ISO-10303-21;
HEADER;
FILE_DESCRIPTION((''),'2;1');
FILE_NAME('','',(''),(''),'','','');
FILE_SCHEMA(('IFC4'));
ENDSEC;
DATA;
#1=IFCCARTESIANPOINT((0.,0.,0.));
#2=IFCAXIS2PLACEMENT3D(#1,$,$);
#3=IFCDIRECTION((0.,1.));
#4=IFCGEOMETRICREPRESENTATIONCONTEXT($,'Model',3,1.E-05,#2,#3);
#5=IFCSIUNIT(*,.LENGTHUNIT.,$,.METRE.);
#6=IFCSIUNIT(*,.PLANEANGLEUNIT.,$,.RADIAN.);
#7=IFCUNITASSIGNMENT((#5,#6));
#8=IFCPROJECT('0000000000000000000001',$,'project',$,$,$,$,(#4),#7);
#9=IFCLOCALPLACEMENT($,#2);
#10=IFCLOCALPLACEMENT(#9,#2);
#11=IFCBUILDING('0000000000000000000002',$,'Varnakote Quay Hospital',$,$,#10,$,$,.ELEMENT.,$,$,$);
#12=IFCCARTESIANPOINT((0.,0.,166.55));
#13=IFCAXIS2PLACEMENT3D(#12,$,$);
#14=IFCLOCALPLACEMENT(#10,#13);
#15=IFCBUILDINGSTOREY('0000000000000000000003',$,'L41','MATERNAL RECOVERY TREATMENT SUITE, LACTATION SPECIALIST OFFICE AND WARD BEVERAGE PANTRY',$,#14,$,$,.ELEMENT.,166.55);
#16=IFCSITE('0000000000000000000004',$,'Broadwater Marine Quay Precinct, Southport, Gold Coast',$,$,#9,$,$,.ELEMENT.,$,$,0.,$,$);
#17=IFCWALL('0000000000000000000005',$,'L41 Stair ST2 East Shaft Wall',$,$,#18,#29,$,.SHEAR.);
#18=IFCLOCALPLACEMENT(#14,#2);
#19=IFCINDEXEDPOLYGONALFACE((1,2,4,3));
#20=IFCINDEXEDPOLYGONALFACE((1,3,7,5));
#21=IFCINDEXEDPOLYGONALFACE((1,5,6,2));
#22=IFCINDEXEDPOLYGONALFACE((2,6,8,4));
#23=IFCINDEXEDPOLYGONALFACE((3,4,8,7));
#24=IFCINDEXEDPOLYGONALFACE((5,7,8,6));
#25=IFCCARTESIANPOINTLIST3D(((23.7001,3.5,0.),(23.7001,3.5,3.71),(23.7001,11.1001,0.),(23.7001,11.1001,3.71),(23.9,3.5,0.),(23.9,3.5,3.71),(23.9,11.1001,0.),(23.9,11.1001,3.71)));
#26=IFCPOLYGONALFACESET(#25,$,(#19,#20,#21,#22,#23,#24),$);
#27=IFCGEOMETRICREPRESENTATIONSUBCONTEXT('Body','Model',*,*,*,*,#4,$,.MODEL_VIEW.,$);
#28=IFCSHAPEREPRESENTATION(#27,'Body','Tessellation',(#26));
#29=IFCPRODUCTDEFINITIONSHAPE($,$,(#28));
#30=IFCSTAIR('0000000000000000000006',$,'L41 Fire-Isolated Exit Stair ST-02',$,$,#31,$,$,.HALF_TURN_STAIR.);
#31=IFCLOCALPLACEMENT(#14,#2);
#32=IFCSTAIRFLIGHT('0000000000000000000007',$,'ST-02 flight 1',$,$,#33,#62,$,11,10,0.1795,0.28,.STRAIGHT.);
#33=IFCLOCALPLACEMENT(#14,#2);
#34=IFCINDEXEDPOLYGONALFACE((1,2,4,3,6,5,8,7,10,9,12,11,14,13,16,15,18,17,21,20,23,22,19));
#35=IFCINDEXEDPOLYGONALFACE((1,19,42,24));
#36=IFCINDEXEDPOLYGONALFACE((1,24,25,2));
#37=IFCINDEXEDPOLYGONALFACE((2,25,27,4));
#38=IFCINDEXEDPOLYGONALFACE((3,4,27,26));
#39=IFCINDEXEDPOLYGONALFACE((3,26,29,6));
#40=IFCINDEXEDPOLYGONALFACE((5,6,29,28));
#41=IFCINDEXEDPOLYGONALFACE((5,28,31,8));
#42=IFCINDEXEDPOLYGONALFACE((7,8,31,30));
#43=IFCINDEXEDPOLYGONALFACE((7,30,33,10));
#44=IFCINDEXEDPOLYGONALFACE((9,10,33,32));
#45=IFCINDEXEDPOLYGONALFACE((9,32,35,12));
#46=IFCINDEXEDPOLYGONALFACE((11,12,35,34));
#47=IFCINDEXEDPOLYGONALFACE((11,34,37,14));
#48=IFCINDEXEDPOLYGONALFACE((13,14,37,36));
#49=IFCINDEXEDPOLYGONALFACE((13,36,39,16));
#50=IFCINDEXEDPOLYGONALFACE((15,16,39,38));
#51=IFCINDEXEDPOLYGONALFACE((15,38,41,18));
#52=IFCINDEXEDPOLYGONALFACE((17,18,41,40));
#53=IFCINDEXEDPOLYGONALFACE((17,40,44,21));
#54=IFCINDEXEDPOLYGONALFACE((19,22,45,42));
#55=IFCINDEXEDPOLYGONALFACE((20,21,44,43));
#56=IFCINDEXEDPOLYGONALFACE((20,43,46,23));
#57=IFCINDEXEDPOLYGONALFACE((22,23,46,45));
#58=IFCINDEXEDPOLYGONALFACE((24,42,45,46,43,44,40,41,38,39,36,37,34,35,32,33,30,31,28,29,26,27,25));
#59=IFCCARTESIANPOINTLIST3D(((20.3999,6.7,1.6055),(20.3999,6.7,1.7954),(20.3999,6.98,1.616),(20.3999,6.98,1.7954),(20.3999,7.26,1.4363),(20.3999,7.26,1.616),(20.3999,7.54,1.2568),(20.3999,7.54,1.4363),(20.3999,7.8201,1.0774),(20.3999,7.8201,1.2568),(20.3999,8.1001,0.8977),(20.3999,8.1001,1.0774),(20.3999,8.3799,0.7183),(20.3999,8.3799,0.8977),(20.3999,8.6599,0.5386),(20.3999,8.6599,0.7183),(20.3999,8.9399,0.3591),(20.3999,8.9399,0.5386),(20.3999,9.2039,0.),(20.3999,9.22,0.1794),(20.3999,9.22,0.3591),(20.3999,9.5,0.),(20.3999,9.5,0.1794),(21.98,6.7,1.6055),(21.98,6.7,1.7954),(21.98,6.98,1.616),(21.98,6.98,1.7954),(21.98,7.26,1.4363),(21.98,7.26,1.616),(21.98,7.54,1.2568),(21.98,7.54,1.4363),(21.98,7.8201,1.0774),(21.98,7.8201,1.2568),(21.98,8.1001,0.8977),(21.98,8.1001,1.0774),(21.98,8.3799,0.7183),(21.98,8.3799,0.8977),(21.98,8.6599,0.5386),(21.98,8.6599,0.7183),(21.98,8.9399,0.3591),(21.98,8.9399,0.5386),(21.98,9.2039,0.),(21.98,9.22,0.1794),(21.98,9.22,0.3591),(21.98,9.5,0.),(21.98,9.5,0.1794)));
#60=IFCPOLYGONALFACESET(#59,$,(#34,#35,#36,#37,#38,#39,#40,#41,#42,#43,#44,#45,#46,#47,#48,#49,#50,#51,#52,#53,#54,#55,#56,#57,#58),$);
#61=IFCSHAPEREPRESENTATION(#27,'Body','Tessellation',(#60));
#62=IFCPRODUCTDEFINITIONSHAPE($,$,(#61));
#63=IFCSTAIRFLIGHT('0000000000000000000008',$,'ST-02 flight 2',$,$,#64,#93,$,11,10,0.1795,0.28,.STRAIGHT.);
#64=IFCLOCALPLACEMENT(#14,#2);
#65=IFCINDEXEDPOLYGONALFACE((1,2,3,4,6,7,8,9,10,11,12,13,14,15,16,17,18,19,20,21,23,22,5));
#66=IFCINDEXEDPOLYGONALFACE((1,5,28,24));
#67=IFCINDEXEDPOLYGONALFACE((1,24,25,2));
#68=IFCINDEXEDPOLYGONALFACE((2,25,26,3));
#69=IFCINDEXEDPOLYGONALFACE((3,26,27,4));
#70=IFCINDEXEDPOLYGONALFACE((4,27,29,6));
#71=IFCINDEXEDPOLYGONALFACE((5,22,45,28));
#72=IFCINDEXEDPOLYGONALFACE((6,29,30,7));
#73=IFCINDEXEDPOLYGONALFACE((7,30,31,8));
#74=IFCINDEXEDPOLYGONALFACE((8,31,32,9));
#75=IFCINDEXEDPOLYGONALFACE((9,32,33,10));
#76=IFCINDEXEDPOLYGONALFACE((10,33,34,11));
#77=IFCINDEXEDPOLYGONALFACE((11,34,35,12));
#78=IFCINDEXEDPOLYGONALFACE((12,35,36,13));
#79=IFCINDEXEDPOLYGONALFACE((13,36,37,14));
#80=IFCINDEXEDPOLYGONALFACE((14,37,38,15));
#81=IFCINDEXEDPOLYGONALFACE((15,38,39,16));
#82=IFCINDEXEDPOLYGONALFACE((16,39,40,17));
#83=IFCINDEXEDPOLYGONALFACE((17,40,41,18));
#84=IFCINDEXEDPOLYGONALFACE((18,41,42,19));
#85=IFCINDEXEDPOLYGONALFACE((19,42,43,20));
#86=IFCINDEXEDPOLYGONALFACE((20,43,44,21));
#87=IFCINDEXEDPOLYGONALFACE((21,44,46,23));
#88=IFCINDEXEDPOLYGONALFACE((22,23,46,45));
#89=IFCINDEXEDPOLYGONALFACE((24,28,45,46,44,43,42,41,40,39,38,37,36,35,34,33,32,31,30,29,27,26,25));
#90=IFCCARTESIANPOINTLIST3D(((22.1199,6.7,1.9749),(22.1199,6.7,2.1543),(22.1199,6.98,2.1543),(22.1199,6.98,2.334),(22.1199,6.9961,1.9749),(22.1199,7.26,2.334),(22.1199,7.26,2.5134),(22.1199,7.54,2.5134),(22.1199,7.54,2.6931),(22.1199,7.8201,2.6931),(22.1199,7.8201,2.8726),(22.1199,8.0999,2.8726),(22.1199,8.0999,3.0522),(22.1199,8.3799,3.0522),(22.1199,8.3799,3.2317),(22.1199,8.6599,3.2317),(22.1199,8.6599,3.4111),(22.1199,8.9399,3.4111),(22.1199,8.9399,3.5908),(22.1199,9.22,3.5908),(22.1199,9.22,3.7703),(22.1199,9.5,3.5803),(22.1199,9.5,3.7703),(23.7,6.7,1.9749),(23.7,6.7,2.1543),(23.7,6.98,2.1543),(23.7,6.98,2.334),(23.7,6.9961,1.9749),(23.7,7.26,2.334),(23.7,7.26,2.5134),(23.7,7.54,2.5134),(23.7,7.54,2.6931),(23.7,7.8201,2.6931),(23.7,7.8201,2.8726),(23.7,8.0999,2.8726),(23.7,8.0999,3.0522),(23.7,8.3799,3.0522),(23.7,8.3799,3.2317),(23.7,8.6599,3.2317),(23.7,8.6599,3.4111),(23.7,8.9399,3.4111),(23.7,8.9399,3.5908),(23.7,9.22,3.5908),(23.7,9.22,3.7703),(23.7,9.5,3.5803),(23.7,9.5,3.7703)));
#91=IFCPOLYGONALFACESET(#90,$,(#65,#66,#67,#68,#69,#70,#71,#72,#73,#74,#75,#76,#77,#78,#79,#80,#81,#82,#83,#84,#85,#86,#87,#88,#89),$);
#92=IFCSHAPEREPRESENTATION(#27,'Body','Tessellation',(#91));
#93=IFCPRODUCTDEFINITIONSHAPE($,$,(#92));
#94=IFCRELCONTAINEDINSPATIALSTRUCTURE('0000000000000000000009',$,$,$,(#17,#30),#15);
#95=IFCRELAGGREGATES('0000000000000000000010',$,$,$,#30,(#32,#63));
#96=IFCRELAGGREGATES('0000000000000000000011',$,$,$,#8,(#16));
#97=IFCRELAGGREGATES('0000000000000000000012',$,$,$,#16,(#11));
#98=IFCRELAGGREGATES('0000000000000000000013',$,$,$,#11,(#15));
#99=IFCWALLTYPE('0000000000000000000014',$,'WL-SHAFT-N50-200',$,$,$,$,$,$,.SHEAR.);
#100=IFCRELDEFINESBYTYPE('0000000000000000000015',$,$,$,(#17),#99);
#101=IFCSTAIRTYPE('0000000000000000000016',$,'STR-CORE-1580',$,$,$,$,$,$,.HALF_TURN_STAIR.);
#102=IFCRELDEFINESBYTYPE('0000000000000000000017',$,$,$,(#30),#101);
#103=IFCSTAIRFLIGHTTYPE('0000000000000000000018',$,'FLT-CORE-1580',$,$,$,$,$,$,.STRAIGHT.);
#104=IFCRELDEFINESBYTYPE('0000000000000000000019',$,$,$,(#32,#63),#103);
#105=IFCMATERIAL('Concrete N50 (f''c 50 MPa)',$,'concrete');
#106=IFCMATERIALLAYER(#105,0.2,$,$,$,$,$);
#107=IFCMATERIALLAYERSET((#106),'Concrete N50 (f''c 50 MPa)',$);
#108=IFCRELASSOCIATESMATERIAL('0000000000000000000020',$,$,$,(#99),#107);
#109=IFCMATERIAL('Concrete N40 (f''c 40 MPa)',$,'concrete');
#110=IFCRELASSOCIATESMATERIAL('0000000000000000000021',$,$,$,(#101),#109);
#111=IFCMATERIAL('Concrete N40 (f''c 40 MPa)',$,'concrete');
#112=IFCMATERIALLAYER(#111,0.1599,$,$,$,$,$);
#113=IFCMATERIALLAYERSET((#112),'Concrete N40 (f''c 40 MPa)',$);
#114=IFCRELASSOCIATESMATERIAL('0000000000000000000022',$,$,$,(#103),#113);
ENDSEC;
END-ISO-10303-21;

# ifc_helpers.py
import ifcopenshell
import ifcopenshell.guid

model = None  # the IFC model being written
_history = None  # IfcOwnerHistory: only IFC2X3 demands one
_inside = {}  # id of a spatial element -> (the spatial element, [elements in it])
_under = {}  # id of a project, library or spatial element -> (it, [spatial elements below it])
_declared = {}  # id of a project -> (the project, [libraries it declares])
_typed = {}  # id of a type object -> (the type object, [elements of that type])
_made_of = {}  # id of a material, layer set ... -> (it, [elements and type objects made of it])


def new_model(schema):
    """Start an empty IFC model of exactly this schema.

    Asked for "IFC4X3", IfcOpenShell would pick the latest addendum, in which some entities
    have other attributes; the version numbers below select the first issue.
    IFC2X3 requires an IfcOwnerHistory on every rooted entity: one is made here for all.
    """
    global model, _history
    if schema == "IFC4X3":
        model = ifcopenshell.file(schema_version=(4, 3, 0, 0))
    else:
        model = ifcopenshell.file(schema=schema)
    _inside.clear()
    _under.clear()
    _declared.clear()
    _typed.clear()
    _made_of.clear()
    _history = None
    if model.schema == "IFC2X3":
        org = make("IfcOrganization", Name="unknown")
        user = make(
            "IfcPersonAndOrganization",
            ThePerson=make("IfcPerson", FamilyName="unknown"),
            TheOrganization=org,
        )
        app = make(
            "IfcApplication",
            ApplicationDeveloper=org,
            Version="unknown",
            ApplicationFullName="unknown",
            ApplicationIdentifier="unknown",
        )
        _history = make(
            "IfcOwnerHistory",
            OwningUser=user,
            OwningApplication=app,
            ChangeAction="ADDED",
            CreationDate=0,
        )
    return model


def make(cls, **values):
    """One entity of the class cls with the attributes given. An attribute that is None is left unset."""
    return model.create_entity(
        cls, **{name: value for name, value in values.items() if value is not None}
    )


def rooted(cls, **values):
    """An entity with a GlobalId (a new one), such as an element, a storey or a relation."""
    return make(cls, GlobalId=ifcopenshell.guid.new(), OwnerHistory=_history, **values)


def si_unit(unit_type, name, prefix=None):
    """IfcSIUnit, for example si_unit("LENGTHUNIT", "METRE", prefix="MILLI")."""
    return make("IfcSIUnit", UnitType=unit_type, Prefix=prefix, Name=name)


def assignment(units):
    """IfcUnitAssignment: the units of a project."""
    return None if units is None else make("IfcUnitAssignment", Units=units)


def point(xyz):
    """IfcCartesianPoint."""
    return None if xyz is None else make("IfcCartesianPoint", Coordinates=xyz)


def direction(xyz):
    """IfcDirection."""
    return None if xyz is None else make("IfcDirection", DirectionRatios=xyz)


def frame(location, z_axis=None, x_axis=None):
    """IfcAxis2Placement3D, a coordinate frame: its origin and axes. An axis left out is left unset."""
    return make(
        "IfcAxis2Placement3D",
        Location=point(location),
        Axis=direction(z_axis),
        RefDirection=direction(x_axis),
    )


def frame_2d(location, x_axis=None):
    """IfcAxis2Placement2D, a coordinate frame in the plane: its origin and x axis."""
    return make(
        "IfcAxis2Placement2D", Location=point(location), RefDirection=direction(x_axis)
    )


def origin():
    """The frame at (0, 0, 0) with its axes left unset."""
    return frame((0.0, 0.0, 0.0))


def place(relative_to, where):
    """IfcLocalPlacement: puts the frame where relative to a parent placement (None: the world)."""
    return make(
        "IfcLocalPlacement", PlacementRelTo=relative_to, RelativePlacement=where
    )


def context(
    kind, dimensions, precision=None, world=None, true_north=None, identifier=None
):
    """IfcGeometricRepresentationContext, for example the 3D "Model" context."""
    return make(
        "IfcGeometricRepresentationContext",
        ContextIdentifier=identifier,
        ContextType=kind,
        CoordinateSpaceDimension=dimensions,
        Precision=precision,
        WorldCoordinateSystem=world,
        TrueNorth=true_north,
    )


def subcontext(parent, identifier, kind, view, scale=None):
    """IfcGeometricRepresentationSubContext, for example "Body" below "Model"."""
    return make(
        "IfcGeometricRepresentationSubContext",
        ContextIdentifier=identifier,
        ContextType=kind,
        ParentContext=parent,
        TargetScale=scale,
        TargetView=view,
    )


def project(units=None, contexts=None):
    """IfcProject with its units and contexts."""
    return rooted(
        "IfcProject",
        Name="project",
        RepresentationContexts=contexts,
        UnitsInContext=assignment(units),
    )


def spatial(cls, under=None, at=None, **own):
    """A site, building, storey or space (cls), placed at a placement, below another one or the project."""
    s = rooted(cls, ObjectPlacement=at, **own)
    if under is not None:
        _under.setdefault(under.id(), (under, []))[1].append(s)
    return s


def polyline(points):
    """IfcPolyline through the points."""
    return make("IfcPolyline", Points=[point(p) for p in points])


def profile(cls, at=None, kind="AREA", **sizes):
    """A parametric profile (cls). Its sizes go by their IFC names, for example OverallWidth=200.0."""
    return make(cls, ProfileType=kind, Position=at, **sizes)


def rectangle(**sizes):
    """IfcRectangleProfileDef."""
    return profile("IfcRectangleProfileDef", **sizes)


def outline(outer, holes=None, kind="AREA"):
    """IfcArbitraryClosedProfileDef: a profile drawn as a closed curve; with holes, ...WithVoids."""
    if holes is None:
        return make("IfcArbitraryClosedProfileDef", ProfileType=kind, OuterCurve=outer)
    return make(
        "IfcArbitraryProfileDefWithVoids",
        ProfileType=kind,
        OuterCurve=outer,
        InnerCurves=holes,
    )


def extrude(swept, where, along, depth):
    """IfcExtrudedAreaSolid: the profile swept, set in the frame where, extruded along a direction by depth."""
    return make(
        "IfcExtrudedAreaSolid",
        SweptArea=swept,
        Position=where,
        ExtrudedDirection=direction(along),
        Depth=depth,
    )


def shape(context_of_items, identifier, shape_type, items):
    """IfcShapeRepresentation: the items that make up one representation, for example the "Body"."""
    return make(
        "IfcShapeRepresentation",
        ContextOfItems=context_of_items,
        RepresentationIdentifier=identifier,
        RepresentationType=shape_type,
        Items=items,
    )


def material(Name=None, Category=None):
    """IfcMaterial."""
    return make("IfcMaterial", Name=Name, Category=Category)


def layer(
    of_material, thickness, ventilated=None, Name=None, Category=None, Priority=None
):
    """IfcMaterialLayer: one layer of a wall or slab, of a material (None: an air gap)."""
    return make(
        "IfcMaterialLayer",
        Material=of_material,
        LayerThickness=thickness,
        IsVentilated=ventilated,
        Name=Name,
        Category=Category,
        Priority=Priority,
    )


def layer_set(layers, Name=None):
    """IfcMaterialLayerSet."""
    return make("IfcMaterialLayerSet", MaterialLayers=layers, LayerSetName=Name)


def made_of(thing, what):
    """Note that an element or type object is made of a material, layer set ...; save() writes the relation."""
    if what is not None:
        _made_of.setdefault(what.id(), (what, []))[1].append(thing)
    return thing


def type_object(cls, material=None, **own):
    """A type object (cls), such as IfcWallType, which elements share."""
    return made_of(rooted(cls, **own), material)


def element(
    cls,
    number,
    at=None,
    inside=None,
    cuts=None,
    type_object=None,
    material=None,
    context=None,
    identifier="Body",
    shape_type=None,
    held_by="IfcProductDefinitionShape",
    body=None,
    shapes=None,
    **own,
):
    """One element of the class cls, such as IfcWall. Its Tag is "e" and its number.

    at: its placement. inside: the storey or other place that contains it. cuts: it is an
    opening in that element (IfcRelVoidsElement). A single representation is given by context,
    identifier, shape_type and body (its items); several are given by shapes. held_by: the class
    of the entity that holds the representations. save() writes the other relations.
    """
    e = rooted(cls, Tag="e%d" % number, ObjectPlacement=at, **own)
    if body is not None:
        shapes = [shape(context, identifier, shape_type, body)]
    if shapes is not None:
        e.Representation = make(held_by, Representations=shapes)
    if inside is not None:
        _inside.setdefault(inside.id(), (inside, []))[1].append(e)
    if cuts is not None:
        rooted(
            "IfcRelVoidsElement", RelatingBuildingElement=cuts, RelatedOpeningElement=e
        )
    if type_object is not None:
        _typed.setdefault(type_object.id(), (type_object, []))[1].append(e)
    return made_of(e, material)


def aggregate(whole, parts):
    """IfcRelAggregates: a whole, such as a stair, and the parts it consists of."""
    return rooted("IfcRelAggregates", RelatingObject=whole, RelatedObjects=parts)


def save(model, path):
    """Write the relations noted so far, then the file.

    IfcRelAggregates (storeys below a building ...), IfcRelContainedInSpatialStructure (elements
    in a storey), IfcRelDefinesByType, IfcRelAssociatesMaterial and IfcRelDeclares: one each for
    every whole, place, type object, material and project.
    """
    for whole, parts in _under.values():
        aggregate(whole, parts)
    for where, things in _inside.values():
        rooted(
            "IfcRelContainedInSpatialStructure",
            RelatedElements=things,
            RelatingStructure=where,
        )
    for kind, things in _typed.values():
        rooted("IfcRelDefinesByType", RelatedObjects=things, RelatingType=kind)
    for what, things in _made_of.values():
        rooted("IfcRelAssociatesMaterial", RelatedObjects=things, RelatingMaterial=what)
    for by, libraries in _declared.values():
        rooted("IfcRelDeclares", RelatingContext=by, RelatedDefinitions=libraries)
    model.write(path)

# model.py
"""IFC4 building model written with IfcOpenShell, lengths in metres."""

from ifc_helpers import new_model, si_unit, direction, frame, frame_2d, origin, place, context, subcontext, project, spatial, polyline, rectangle, outline, extrude, material, layer, layer_set, type_object, element, aggregate, save


model = new_model("IFC4")

# Units and contexts
model_context = context("Model", 3, precision=1e-05, world=origin(), true_north=direction((0.0, 1.0)))
body_context = subcontext(model_context, "Body", "Model", "MODEL_VIEW")
ifc_project = project(units=[si_unit("LENGTHUNIT", "METRE"), si_unit("PLANEANGLEUNIT", "RADIAN")], contexts=[model_context])

# Site, building, storey
site_placement = place(None, origin())
site = spatial("IfcSite", under=ifc_project, at=site_placement, Name="Broadwater Marine Quay Precinct, Southport, Gold Coast", CompositionType="ELEMENT", RefElevation=0.0)
building_placement = place(site_placement, origin())
building = spatial("IfcBuilding", under=site, at=building_placement, Name="Varnakote Quay Hospital", CompositionType="ELEMENT")
storey_placement = place(building_placement, frame((0.0, 0.0, 166.55)))
storey = spatial("IfcBuildingStorey", under=building, at=storey_placement, Name="L41", Description="MATERNAL RECOVERY TREATMENT SUITE, LACTATION SPECIALIST OFFICE AND WARD BEVERAGE PANTRY", CompositionType="ELEMENT", Elevation=166.55)

# Wall
ifc_material_1 = material(Name="Concrete N50 (f'c 50 MPa)", Category="concrete")
ifc_layer_1 = layer(ifc_material_1, 0.2)
ifc_layer_set_1 = layer_set([ifc_layer_1], Name="Concrete N50 (f'c 50 MPa)")
wall_type_1 = type_object("IfcWallType", Name="WL-SHAFT-N50-200", PredefinedType="SHEAR", material=ifc_layer_set_1)
for number, where, z_axis, x_axis, name in (
    (1, (23.8, 3.5, 0.0), (0.0, 0.0, 1.0), (0.0, 1.0, 0.0), "L41 Stair ST2 East Shaft Wall"),
):
    element("IfcWall", number, at=place(storey_placement, frame(where, z_axis=z_axis, x_axis=x_axis)), inside=storey, type_object=wall_type_1, Name=name, PredefinedType="SHEAR", context=body_context, shape_type="SweptSolid", body=[
        extrude(rectangle(XDim=7.6001, YDim=0.2, at=frame_2d((3.8, 0.0))), origin(), (0.0, 0.0, 1.0), 3.71),
    ])

# Stair, stair flights
ifc_material_2 = material(Name="Concrete N40 (f'c 40 MPa)", Category="concrete")
stair_type = type_object("IfcStairType", Name="STR-CORE-1580", PredefinedType="HALF_TURN_STAIR", material=ifc_material_2)
stair_placement = place(storey_placement, origin())
stair = element("IfcStair", 2, at=stair_placement, inside=storey, type_object=stair_type, Name="L41 Fire-Isolated Exit Stair ST-02", PredefinedType="HALF_TURN_STAIR")
ifc_material_3 = material(Name="Concrete N40 (f'c 40 MPa)", Category="concrete")
ifc_layer_2 = layer(ifc_material_3, 0.1599)
ifc_layer_set_2 = layer_set([ifc_layer_2], Name="Concrete N40 (f'c 40 MPa)")
stair_flight_type = type_object("IfcStairFlightType", Name="FLT-CORE-1580", PredefinedType="STRAIGHT", material=ifc_layer_set_2)
stair_flight_1_placement = place(storey_placement, frame((21.1899, 9.5, 0.0), z_axis=(0.0, 0.0, 1.0), x_axis=(0.0, -1.0, 0.0)))
stair_flight_1 = element("IfcStairFlight", 3, at=stair_flight_1_placement, type_object=stair_flight_type, Name="ST-02 flight 1", NumberOfRisers=11, NumberOfTreads=10, PredefinedType="STRAIGHT", RiserHeight=0.1795, TreadLength=0.28, context=body_context, shape_type="SweptSolid", body=[
    extrude(outline(polyline([(0.0, 0.0), (0.0, 0.1794), (0.28, 0.1794), (0.28, 0.3591), (0.5601, 0.3591), (0.5601, 0.5386), (0.8401, 0.5386), (0.8401, 0.7183), (1.1201, 0.7183), (1.1201, 0.8977), (1.3999, 0.8977), (1.3999, 1.0774), (1.6799, 1.0774), (1.6799, 1.2568), (1.96, 1.2568), (1.96, 1.4363), (2.24, 1.4363), (2.24, 1.616), (2.52, 1.616), (2.52, 1.7954), (2.8, 1.7954), (2.8, 1.9751), (2.8, 1.6055), (0.2961, 0.0), (0.0, 0.0)])), frame((0.0, 0.79, 0.0), z_axis=(0.0, -1.0, 0.0), x_axis=(1.0, 0.0, 0.0)), (0.0, 0.0, 1.0), 1.5801),
])
stair_flight_2_placement = place(storey_placement, frame((22.9099, 6.7, 1.9749), z_axis=(0.0, 0.0, 1.0), x_axis=(0.0, 1.0, 0.0)))
stair_flight_2 = element("IfcStairFlight", 4, at=stair_flight_2_placement, type_object=stair_flight_type, Name="ST-02 flight 2", NumberOfRisers=11, NumberOfTreads=10, PredefinedType="STRAIGHT", RiserHeight=0.1795, TreadLength=0.28, context=body_context, shape_type="SweptSolid", body=[
    extrude(outline(polyline([(0.0, 0.0), (0.0, 0.1794), (0.28, 0.1794), (0.28, 0.3591), (0.5601, 0.3591), (0.5601, 0.5386), (0.8401, 0.5386), (0.8401, 0.7183), (1.1201, 0.7183), (1.1201, 0.8977), (1.3999, 0.8977), (1.3999, 1.0774), (1.6799, 1.0774), (1.6799, 1.2568), (1.96, 1.2568), (1.96, 1.4363), (2.24, 1.4363), (2.24, 1.616), (2.52, 1.616), (2.52, 1.7954), (2.8, 1.7954), (2.8, 1.9751), (2.8, 1.6055), (0.2961, 0.0), (0.0, 0.0)])), frame((0.0, 0.79, 0.0), z_axis=(0.0, -1.0, 0.0), x_axis=(1.0, 0.0, 0.0)), (0.0, 0.0, 1.0), 1.5801),
])
aggregate(stair, [stair_flight_1, stair_flight_2])

save(model, "model.ifc")
